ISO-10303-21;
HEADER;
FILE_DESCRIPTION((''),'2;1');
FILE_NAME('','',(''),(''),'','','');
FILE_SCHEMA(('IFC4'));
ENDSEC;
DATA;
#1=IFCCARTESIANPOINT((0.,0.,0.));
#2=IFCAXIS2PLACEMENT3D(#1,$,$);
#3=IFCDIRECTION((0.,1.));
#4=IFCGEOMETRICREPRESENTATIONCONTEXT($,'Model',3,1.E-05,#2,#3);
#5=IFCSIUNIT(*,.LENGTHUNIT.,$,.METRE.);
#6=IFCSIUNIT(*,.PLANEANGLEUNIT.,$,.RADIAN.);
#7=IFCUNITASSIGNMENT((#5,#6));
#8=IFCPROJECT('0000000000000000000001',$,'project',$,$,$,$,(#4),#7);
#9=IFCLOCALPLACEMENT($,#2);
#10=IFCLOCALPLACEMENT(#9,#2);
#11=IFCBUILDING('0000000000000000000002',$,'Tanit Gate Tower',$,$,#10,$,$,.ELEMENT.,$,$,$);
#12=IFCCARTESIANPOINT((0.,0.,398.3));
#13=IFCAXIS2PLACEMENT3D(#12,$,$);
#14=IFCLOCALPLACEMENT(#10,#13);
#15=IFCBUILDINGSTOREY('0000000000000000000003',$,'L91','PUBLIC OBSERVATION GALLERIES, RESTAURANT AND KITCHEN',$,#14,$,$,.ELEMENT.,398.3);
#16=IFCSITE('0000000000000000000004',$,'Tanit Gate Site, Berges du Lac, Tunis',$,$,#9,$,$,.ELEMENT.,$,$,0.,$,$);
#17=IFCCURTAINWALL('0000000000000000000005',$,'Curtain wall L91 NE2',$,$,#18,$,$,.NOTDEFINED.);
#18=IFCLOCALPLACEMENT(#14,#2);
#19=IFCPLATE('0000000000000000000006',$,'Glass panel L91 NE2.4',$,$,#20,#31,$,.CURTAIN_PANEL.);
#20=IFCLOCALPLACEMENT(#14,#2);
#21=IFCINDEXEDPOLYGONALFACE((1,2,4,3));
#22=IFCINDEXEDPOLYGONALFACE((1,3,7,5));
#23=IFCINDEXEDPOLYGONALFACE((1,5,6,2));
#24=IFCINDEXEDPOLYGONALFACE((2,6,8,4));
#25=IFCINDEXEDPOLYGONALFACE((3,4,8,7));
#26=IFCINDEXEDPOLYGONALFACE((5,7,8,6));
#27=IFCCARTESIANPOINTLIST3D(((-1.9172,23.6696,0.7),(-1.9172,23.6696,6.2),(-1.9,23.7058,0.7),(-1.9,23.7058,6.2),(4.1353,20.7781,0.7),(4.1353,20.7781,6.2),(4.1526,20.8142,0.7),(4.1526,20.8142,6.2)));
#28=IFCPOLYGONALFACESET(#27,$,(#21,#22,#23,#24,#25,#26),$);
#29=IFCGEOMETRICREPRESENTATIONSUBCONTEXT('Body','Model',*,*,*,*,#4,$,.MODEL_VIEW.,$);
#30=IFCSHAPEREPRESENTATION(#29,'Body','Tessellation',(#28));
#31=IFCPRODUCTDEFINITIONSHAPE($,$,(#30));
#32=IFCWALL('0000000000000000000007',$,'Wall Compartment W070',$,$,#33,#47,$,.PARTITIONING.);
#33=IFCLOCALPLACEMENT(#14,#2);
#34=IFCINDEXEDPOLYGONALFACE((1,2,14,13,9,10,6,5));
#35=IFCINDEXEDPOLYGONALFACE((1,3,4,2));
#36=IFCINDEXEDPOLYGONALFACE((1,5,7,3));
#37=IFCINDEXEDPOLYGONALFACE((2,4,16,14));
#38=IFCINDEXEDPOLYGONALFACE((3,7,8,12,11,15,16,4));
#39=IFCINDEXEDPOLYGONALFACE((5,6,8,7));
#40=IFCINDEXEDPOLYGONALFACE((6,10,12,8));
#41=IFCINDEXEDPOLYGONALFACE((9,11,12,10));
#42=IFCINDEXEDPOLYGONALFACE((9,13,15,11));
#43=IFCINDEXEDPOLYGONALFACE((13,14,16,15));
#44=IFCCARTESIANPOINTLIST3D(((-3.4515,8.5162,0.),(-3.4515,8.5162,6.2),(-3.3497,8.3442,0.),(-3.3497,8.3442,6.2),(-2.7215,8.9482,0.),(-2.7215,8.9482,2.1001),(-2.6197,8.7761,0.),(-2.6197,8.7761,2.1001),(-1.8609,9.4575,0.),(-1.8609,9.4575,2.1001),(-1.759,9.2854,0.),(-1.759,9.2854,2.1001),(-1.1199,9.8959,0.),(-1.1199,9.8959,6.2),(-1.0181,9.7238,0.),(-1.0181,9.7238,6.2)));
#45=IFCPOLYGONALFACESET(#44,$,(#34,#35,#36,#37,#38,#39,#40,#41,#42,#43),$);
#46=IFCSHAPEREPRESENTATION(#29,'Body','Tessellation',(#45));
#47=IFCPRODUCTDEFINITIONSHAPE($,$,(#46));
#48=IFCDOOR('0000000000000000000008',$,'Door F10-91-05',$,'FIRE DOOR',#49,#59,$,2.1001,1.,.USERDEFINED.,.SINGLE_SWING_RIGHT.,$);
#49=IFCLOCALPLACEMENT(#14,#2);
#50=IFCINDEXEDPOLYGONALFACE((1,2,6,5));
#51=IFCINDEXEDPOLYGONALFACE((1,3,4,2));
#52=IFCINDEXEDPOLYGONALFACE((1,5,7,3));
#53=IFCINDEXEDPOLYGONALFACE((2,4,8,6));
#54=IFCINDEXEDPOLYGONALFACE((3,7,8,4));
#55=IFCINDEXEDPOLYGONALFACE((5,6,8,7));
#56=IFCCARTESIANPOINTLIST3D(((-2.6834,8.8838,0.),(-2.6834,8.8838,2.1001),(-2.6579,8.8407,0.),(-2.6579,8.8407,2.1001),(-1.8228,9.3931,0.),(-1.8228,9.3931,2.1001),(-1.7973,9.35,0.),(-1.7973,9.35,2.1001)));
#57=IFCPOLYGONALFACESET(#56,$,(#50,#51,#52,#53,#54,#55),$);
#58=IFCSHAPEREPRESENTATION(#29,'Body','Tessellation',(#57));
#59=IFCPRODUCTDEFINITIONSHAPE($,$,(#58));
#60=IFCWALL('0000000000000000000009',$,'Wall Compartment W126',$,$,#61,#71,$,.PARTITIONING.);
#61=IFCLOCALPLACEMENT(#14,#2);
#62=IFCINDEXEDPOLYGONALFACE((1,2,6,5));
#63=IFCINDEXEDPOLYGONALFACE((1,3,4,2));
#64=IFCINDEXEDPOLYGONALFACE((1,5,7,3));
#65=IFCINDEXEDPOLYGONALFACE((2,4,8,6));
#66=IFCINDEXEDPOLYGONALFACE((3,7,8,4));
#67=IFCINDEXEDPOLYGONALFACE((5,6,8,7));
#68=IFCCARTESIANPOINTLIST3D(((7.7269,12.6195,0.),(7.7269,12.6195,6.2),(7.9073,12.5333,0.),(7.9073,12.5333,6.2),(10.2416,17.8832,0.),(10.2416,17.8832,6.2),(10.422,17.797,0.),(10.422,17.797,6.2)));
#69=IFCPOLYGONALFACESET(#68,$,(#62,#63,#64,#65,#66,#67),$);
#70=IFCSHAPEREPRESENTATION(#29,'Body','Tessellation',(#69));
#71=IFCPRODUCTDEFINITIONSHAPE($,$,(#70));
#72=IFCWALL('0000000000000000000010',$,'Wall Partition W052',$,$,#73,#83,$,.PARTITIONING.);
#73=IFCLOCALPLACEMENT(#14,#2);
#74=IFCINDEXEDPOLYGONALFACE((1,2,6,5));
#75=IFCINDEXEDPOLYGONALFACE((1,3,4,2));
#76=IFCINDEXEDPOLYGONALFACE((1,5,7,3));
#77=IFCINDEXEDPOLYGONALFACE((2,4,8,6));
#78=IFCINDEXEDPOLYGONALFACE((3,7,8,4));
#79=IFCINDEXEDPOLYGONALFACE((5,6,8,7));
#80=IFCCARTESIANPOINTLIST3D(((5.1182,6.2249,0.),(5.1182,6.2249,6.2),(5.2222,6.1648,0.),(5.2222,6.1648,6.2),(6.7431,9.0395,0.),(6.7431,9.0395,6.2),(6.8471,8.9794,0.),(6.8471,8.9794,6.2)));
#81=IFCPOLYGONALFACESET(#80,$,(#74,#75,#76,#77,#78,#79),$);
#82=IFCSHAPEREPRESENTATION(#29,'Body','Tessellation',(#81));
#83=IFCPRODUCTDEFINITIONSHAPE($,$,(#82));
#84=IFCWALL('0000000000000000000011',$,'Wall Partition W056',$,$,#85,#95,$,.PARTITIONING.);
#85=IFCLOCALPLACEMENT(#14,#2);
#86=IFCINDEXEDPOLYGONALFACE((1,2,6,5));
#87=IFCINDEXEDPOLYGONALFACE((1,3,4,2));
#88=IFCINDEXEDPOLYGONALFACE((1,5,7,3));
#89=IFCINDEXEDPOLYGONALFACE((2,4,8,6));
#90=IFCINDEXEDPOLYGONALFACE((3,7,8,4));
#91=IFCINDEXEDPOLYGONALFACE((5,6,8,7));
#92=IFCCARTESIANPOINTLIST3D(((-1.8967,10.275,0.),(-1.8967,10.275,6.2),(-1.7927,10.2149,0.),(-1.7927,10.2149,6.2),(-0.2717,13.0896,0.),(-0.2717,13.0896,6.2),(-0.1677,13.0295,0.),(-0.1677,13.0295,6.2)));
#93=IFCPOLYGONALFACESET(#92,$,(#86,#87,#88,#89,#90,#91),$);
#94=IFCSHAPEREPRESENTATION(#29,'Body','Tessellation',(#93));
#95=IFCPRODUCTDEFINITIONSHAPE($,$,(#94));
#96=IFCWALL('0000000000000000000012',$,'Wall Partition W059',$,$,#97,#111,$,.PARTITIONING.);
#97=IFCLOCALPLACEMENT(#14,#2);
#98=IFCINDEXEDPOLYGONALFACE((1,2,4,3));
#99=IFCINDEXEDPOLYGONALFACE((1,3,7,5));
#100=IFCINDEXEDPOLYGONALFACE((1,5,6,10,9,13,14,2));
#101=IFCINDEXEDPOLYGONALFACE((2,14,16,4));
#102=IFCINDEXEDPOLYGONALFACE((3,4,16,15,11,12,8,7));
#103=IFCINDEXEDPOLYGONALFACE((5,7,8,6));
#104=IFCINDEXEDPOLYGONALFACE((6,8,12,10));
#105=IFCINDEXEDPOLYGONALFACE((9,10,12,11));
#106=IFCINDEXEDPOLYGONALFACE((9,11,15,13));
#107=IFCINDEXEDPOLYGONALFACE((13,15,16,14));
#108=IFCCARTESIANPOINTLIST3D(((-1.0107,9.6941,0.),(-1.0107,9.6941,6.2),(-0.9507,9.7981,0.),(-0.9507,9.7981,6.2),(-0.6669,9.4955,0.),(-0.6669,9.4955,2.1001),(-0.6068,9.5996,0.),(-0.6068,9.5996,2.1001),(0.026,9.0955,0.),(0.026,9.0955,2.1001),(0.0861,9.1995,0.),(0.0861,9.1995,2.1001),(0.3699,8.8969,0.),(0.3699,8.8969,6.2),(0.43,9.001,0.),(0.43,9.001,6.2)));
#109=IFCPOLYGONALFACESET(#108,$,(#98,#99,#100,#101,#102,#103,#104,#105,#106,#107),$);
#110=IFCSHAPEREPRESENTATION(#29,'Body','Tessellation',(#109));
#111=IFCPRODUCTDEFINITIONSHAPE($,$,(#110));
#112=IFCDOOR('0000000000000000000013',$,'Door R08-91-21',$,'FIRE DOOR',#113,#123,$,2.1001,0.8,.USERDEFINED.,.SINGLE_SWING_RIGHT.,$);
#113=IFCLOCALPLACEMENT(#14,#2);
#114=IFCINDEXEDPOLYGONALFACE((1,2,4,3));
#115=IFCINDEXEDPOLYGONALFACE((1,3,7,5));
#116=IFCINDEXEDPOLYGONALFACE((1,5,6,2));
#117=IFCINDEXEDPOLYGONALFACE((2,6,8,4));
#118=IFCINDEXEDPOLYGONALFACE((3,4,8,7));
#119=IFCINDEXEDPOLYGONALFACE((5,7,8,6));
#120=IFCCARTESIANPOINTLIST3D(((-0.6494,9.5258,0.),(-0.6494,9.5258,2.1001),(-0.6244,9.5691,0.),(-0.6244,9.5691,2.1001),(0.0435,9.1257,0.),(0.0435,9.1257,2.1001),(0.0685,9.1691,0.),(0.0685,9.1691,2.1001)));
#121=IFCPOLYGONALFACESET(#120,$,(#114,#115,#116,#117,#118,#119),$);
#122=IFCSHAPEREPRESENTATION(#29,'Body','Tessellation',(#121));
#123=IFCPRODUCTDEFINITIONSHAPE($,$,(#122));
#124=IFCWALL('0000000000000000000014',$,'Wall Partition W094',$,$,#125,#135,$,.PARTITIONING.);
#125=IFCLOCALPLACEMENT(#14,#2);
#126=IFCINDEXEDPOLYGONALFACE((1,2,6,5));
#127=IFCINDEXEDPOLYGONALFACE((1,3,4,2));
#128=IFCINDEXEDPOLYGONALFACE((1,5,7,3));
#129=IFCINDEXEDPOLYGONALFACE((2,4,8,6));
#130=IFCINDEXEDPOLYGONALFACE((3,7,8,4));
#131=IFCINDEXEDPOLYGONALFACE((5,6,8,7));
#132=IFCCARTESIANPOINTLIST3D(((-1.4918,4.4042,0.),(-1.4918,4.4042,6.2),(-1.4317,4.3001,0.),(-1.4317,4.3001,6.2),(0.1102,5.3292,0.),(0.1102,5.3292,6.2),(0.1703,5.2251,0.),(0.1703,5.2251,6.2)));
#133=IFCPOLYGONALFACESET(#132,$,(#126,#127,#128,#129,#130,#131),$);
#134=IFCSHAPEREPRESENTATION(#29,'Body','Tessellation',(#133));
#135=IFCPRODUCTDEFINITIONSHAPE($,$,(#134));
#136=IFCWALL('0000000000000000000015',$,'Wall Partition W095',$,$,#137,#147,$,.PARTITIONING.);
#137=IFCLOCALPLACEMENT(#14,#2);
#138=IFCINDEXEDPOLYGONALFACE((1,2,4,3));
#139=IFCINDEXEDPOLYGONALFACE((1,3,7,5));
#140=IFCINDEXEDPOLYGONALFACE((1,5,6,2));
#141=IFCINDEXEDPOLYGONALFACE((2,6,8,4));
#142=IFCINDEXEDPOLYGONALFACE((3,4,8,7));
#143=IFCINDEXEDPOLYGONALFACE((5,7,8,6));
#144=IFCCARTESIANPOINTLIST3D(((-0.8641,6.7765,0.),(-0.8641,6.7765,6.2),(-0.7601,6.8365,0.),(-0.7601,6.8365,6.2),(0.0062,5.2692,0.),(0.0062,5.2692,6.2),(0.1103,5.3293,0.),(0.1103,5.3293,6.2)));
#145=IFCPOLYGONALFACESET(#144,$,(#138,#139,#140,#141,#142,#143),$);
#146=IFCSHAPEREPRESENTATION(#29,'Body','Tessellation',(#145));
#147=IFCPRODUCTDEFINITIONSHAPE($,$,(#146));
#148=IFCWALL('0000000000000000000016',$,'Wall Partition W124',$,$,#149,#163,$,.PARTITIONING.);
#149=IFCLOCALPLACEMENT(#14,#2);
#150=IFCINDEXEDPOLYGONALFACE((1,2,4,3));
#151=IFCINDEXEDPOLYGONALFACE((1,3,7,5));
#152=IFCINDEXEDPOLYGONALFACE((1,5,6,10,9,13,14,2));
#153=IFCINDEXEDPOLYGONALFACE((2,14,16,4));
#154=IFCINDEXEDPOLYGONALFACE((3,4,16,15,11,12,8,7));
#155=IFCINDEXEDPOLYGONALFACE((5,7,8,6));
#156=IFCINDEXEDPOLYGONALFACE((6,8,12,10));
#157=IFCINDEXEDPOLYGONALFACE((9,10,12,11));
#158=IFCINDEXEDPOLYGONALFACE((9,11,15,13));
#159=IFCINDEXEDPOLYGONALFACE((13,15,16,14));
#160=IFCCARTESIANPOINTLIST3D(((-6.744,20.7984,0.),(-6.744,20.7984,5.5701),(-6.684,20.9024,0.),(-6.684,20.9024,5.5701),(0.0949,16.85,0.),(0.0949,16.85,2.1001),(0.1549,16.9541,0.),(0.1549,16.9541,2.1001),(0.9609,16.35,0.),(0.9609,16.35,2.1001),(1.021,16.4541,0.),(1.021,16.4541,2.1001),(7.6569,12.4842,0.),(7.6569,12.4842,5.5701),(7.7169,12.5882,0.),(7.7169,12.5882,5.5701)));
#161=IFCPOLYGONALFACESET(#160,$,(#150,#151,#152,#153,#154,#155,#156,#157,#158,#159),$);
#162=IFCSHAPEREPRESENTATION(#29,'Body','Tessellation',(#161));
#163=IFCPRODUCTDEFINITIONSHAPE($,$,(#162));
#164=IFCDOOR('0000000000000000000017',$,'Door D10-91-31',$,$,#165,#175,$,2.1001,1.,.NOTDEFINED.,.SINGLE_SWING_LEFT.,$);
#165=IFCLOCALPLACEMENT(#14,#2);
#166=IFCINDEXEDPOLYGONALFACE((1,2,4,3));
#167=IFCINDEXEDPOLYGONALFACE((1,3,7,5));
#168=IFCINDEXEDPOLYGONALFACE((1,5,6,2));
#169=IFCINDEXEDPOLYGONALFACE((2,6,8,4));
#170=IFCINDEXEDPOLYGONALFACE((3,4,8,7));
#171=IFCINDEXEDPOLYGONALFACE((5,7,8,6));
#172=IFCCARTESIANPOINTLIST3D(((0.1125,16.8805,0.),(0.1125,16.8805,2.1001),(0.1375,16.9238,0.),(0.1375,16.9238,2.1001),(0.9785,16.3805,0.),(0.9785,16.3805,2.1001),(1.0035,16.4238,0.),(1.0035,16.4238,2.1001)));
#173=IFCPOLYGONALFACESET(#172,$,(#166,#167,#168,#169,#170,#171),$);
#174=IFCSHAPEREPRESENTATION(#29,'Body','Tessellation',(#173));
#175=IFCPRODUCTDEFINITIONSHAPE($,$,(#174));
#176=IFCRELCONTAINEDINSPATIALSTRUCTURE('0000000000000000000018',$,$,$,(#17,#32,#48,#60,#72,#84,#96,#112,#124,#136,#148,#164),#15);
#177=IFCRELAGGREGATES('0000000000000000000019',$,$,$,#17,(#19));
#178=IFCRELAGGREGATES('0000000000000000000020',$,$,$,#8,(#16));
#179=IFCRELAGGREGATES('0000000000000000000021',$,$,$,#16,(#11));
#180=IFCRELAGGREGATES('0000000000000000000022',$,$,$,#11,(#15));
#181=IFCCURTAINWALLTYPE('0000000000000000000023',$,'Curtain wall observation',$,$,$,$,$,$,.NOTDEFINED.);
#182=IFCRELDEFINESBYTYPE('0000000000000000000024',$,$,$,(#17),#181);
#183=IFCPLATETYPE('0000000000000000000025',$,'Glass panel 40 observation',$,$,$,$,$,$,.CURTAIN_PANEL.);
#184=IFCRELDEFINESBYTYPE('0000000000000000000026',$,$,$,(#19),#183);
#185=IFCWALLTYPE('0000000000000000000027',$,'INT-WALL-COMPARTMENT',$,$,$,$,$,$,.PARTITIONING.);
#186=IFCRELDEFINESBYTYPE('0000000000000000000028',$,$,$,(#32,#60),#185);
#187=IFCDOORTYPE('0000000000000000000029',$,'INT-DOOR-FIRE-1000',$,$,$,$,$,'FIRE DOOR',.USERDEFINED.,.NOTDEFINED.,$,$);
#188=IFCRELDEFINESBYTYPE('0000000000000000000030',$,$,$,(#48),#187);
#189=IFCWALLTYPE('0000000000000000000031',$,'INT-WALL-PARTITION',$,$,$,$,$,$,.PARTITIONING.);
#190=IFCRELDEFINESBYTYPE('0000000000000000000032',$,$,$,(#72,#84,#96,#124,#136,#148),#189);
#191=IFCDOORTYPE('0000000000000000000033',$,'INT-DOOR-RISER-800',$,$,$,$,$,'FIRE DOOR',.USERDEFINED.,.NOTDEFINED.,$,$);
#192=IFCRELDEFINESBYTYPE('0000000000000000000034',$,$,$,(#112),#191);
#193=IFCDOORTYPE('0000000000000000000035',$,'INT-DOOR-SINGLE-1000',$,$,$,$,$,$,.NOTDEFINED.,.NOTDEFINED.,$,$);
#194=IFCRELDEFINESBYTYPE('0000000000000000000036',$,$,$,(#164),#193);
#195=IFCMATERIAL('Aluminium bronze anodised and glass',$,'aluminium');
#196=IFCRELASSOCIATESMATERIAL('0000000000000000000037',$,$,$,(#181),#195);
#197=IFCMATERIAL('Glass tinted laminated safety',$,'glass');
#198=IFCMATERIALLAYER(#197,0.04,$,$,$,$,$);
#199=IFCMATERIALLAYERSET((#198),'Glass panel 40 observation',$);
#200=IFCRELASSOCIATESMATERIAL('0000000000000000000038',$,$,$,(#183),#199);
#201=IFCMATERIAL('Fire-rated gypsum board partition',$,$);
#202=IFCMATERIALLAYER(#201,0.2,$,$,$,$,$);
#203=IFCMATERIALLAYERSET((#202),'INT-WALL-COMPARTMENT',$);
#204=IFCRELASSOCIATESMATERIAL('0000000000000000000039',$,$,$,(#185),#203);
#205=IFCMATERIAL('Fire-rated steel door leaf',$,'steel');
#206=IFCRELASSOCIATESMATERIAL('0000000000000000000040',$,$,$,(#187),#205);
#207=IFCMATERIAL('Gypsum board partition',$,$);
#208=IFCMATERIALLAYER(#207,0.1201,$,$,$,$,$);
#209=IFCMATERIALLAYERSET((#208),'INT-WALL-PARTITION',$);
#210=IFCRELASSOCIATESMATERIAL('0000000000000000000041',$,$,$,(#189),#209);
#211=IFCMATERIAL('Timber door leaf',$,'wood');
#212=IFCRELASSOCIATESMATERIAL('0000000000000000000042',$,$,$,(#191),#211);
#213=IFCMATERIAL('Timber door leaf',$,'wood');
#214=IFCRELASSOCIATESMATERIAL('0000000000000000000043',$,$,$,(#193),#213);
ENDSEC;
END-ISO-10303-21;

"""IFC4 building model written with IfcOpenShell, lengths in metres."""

from ifc_helpers import new_model, si_unit, direction, frame, frame_2d, origin, origin_2d, place, context, subcontext, project, spatial, rectangle, extrude, material, layer, layer_set, type_object, element, fill, aggregate, save


model = new_model("IFC4")

# Units and contexts
model_context = context("Model", 3, precision=1e-05, world=origin(), true_north=direction((0.0, 1.0)))
body_context = subcontext(model_context, "Body", "Model", "MODEL_VIEW")
ifc_project = project(units=[si_unit("LENGTHUNIT", "METRE"), si_unit("PLANEANGLEUNIT", "RADIAN")], contexts=[model_context])

# Site, building, storey
site_placement = place(None, origin())
site = spatial("IfcSite", under=ifc_project, at=site_placement, Name="Tanit Gate Site, Berges du Lac, Tunis", CompositionType="ELEMENT", RefElevation=0.0)
building_placement = place(site_placement, origin())
building = spatial("IfcBuilding", under=site, at=building_placement, Name="Tanit Gate Tower", CompositionType="ELEMENT")
storey_placement = place(building_placement, frame((0.0, 0.0, 398.3)))
storey = spatial("IfcBuildingStorey", under=building, at=storey_placement, Name="L91", Description="PUBLIC OBSERVATION GALLERIES, RESTAURANT AND KITCHEN", CompositionType="ELEMENT", Elevation=398.3)

# Curtain wall
ifc_material_1 = material(Name="Aluminium bronze anodised and glass", Category="aluminium")
curtain_wall_type = type_object("IfcCurtainWallType", Name="Curtain wall observation", PredefinedType="NOTDEFINED", material=ifc_material_1)
curtain_wall_placement = place(storey_placement, origin())
curtain_wall = element("IfcCurtainWall", 1, at=curtain_wall_placement, inside=storey, type_object=curtain_wall_type, Name="Curtain wall L91 NE2", PredefinedType="NOTDEFINED")

# Plate
ifc_material_2 = material(Name="Glass tinted laminated safety", Category="glass")
ifc_layer_1 = layer(ifc_material_2, 0.04)
ifc_layer_set_1 = layer_set([ifc_layer_1], Name="Glass panel 40 observation")
plate_type = type_object("IfcPlateType", Name="Glass panel 40 observation", PredefinedType="CURTAIN_PANEL", material=ifc_layer_set_1)
plate_1_placement = place(storey_placement, frame((1.1177, 22.2419, 0.7), z_axis=(0.0, 0.0, 1.0), x_axis=(-0.902317, 0.431073, 0.0)))
plate_1 = element("IfcPlate", 2, at=plate_1_placement, type_object=plate_type, Name="Glass panel L91 NE2.4", PredefinedType="CURTAIN_PANEL", context=body_context, shape_type="SweptSolid", body=[
    extrude(rectangle(XDim=6.7078, YDim=0.04, at=origin_2d()), origin(), (0.0, 0.0, 1.0), 5.5),
])
aggregate(curtain_wall, [plate_1])

# Wall, opening, door
ifc_material_3 = material(Name="Fire-rated gypsum board partition")
ifc_layer_2 = layer(ifc_material_3, 0.2)
ifc_layer_set_2 = layer_set([ifc_layer_2], Name="INT-WALL-COMPARTMENT")
wall_type_1 = type_object("IfcWallType", Name="INT-WALL-COMPARTMENT", PredefinedType="PARTITIONING", material=ifc_layer_set_2)
wall_1_placement = place(storey_placement, frame((-1.0691, 9.8098, 0.0), z_axis=(0.0, 0.0, 1.0), x_axis=(-0.860618, -0.509251, 0.0)))
wall_1 = element("IfcWall", 3, at=wall_1_placement, inside=storey, type_object=wall_type_1, Name="Wall Compartment W070", PredefinedType="PARTITIONING", context=body_context, shape_type="SweptSolid", body=[
    extrude(rectangle(XDim=2.7092, YDim=0.2, at=frame_2d((1.3545, 0.0))), origin(), (0.0, 0.0, 1.0), 6.2),
])
opening_1_placement = place(wall_1_placement, frame((0.8608, 0.0, 0.0)))
opening_1 = element("IfcOpeningElement", 4, at=opening_1_placement, cuts=wall_1, PredefinedType="OPENING", context=body_context, shape_type="SweptSolid", body=[
    extrude(rectangle(XDim=1.0, YDim=2.1001, at=frame_2d((0.5, 1.05))), frame((0.0, 0.1099, 0.0), z_axis=(0.0, -1.0, 0.0), x_axis=(1.0, 0.0, 0.0)), (0.0, 0.0, 1.0), 0.22),
])
ifc_material_4 = material(Name="Fire-rated steel door leaf", Category="steel")
door_type_1 = type_object("IfcDoorType", Name="INT-DOOR-FIRE-1000", ElementType="FIRE DOOR", OperationType="NOTDEFINED", PredefinedType="USERDEFINED", material=ifc_material_4)
door_1_placement = place(opening_1_placement, origin())
door_1 = element("IfcDoor", 5, at=door_1_placement, inside=storey, type_object=door_type_1, Name="Door F10-91-05", ObjectType="FIRE DOOR", OperationType="SINGLE_SWING_RIGHT", OverallHeight=2.1001, OverallWidth=1.0, PredefinedType="USERDEFINED", context=body_context, shape_type="SweptSolid", body=[
    extrude(rectangle(XDim=1.0, YDim=2.1001, at=frame_2d((0.5, 1.05))), frame((0.0, 0.0249, 0.0), z_axis=(0.0, -1.0, 0.0), x_axis=(1.0, 0.0, 0.0)), (0.0, 0.0, 1.0), 0.05),
])
fill(opening_1, door_1)

# Walls
wall_2_placement = place(storey_placement, frame((7.8171, 12.5764, 0.0), z_axis=(0.0, 0.0, 1.0), x_axis=(0.43107, 0.902318, 0.0)))
element("IfcWall", 6, at=wall_2_placement, inside=storey, type_object=wall_type_1, Name="Wall Compartment W126", PredefinedType="PARTITIONING", context=body_context, shape_type="SweptSolid", body=[
    extrude(rectangle(XDim=5.8335, YDim=0.2, at=frame_2d((2.9167, 0.0))), origin(), (0.0, 0.0, 1.0), 6.2),
])
ifc_material_5 = material(Name="Gypsum board partition")
ifc_layer_3 = layer(ifc_material_5, 0.1201)
ifc_layer_set_3 = layer_set([ifc_layer_3], Name="INT-WALL-PARTITION")
wall_type_2 = type_object("IfcWallType", Name="INT-WALL-PARTITION", PredefinedType="PARTITIONING", material=ifc_layer_set_3)
for number, where, z_axis, x_axis, name in (
    (7, (5.1702, 6.1948, 0.0), (0.0, 0.0, 1.0), (0.499985, 0.866034, 0.0), "Wall Partition W052"),
    (8, (-0.2197, 13.0596, 0.0), (0.0, 0.0, 1.0), (-0.499985, -0.866034, 0.0), "Wall Partition W056"),
):
    element("IfcWall", number, at=place(storey_placement, frame(where, z_axis=z_axis, x_axis=x_axis)), inside=storey, type_object=wall_type_2, Name=name, PredefinedType="PARTITIONING", context=body_context, shape_type="SweptSolid", body=[
        extrude(rectangle(XDim=3.25, YDim=0.1201, at=frame_2d((1.625, 0.0))), origin(), (0.0, 0.0, 1.0), 6.2),
    ])

# Wall, opening, door
wall_3_placement = place(storey_placement, frame((-0.9807, 9.7461, 0.0), z_axis=(0.0, 0.0, 1.0), x_axis=(0.86602, -0.50001, 0.0)))
wall_3 = element("IfcWall", 9, at=wall_3_placement, inside=storey, type_object=wall_type_2, Name="Wall Partition W059", PredefinedType="PARTITIONING", context=body_context, shape_type="SweptSolid", body=[
    extrude(rectangle(XDim=1.5942, YDim=0.1201, at=frame_2d((0.7971, 0.0))), origin(), (0.0, 0.0, 1.0), 6.2),
])
opening_2_placement = place(wall_3_placement, frame((0.3972, 0.0, 0.0)))
opening_2 = element("IfcOpeningElement", 10, at=opening_2_placement, cuts=wall_3, PredefinedType="OPENING", context=body_context, shape_type="SweptSolid", body=[
    extrude(rectangle(XDim=0.8, YDim=2.1001, at=frame_2d((0.3999, 1.05))), frame((0.0, 0.0701, 0.0), z_axis=(0.0, -1.0, 0.0), x_axis=(1.0, 0.0, 0.0)), (0.0, 0.0, 1.0), 0.1401),
])
ifc_material_6 = material(Name="Timber door leaf", Category="wood")
door_type_2 = type_object("IfcDoorType", Name="INT-DOOR-RISER-800", ElementType="FIRE DOOR", OperationType="NOTDEFINED", PredefinedType="USERDEFINED", material=ifc_material_6)
door_2_placement = place(opening_2_placement, origin())
door_2 = element("IfcDoor", 11, at=door_2_placement, inside=storey, type_object=door_type_2, Name="Door R08-91-21", ObjectType="FIRE DOOR", OperationType="SINGLE_SWING_RIGHT", OverallHeight=2.1001, OverallWidth=0.8, PredefinedType="USERDEFINED", context=body_context, shape_type="SweptSolid", body=[
    extrude(rectangle(XDim=0.8, YDim=2.1001, at=frame_2d((0.3999, 1.05))), frame((0.0, 0.0249, 0.0), z_axis=(0.0, -1.0, 0.0), x_axis=(1.0, 0.0, 0.0)), (0.0, 0.0, 1.0), 0.05),
])
fill(opening_2, door_2)

# Walls
wall_4_placement = place(storey_placement, frame((0.1401, 5.2771, 0.0), z_axis=(0.0, 0.0, 1.0), x_axis=(-0.866001, -0.500042, 0.0)))
element("IfcWall", 12, at=wall_4_placement, inside=storey, type_object=wall_type_2, Name="Wall Partition W094", PredefinedType="PARTITIONING", context=body_context, shape_type="SweptSolid", body=[
    extrude(rectangle(XDim=1.8499, YDim=0.1201, at=frame_2d((0.9248, 0.0))), origin(), (0.0, 0.0, 1.0), 6.2),
])
wall_5_placement = place(storey_placement, frame((-0.812, 6.8064, 0.0), z_axis=(0.0, 0.0, 1.0), x_axis=(0.500046, -0.865999, 0.0)))
element("IfcWall", 13, at=wall_5_placement, inside=storey, type_object=wall_type_2, Name="Wall Partition W095", PredefinedType="PARTITIONING", context=body_context, shape_type="SweptSolid", body=[
    extrude(rectangle(XDim=1.7405, YDim=0.1201, at=frame_2d((0.8701, 0.0))), origin(), (0.0, 0.0, 1.0), 6.2),
])

# Wall, opening, door
wall_6_placement = place(storey_placement, frame((7.687, 12.5361, 0.0), z_axis=(0.0, 0.0, 1.0), x_axis=(-0.866029, 0.499994, 0.0)))
wall_6 = element("IfcWall", 14, at=wall_6_placement, inside=storey, type_object=wall_type_2, Name="Wall Partition W124", PredefinedType="PARTITIONING", context=body_context, shape_type="SweptSolid", body=[
    extrude(rectangle(XDim=16.6287, YDim=0.1201, at=frame_2d((8.3145, 0.0))), origin(), (0.0, 0.0, 1.0), 5.5701),
])
opening_3_placement = place(wall_6_placement, frame((7.7319, 0.0, 0.0)))
opening_3 = element("IfcOpeningElement", 15, at=opening_3_placement, cuts=wall_6, PredefinedType="OPENING", context=body_context, shape_type="SweptSolid", body=[
    extrude(rectangle(XDim=1.0, YDim=2.1001, at=frame_2d((0.5, 1.05))), frame((0.0, 0.0701, 0.0), z_axis=(0.0, -1.0, 0.0), x_axis=(1.0, 0.0, 0.0)), (0.0, 0.0, 1.0), 0.1401),
])
ifc_material_7 = material(Name="Timber door leaf", Category="wood")
door_type_3 = type_object("IfcDoorType", Name="INT-DOOR-SINGLE-1000", OperationType="NOTDEFINED", PredefinedType="NOTDEFINED", material=ifc_material_7)
door_3_placement = place(opening_3_placement, origin())
door_3 = element("IfcDoor", 16, at=door_3_placement, inside=storey, type_object=door_type_3, Name="Door D10-91-31", OperationType="SINGLE_SWING_LEFT", OverallHeight=2.1001, OverallWidth=1.0, PredefinedType="NOTDEFINED", context=body_context, shape_type="SweptSolid", body=[
    extrude(rectangle(XDim=1.0, YDim=2.1001, at=frame_2d((0.5, 1.05))), frame((0.0, 0.0249, 0.0), z_axis=(0.0, -1.0, 0.0), x_axis=(1.0, 0.0, 0.0)), (0.0, 0.0, 1.0), 0.05),
])
fill(opening_3, door_3)

save(model, "model.ifc")
